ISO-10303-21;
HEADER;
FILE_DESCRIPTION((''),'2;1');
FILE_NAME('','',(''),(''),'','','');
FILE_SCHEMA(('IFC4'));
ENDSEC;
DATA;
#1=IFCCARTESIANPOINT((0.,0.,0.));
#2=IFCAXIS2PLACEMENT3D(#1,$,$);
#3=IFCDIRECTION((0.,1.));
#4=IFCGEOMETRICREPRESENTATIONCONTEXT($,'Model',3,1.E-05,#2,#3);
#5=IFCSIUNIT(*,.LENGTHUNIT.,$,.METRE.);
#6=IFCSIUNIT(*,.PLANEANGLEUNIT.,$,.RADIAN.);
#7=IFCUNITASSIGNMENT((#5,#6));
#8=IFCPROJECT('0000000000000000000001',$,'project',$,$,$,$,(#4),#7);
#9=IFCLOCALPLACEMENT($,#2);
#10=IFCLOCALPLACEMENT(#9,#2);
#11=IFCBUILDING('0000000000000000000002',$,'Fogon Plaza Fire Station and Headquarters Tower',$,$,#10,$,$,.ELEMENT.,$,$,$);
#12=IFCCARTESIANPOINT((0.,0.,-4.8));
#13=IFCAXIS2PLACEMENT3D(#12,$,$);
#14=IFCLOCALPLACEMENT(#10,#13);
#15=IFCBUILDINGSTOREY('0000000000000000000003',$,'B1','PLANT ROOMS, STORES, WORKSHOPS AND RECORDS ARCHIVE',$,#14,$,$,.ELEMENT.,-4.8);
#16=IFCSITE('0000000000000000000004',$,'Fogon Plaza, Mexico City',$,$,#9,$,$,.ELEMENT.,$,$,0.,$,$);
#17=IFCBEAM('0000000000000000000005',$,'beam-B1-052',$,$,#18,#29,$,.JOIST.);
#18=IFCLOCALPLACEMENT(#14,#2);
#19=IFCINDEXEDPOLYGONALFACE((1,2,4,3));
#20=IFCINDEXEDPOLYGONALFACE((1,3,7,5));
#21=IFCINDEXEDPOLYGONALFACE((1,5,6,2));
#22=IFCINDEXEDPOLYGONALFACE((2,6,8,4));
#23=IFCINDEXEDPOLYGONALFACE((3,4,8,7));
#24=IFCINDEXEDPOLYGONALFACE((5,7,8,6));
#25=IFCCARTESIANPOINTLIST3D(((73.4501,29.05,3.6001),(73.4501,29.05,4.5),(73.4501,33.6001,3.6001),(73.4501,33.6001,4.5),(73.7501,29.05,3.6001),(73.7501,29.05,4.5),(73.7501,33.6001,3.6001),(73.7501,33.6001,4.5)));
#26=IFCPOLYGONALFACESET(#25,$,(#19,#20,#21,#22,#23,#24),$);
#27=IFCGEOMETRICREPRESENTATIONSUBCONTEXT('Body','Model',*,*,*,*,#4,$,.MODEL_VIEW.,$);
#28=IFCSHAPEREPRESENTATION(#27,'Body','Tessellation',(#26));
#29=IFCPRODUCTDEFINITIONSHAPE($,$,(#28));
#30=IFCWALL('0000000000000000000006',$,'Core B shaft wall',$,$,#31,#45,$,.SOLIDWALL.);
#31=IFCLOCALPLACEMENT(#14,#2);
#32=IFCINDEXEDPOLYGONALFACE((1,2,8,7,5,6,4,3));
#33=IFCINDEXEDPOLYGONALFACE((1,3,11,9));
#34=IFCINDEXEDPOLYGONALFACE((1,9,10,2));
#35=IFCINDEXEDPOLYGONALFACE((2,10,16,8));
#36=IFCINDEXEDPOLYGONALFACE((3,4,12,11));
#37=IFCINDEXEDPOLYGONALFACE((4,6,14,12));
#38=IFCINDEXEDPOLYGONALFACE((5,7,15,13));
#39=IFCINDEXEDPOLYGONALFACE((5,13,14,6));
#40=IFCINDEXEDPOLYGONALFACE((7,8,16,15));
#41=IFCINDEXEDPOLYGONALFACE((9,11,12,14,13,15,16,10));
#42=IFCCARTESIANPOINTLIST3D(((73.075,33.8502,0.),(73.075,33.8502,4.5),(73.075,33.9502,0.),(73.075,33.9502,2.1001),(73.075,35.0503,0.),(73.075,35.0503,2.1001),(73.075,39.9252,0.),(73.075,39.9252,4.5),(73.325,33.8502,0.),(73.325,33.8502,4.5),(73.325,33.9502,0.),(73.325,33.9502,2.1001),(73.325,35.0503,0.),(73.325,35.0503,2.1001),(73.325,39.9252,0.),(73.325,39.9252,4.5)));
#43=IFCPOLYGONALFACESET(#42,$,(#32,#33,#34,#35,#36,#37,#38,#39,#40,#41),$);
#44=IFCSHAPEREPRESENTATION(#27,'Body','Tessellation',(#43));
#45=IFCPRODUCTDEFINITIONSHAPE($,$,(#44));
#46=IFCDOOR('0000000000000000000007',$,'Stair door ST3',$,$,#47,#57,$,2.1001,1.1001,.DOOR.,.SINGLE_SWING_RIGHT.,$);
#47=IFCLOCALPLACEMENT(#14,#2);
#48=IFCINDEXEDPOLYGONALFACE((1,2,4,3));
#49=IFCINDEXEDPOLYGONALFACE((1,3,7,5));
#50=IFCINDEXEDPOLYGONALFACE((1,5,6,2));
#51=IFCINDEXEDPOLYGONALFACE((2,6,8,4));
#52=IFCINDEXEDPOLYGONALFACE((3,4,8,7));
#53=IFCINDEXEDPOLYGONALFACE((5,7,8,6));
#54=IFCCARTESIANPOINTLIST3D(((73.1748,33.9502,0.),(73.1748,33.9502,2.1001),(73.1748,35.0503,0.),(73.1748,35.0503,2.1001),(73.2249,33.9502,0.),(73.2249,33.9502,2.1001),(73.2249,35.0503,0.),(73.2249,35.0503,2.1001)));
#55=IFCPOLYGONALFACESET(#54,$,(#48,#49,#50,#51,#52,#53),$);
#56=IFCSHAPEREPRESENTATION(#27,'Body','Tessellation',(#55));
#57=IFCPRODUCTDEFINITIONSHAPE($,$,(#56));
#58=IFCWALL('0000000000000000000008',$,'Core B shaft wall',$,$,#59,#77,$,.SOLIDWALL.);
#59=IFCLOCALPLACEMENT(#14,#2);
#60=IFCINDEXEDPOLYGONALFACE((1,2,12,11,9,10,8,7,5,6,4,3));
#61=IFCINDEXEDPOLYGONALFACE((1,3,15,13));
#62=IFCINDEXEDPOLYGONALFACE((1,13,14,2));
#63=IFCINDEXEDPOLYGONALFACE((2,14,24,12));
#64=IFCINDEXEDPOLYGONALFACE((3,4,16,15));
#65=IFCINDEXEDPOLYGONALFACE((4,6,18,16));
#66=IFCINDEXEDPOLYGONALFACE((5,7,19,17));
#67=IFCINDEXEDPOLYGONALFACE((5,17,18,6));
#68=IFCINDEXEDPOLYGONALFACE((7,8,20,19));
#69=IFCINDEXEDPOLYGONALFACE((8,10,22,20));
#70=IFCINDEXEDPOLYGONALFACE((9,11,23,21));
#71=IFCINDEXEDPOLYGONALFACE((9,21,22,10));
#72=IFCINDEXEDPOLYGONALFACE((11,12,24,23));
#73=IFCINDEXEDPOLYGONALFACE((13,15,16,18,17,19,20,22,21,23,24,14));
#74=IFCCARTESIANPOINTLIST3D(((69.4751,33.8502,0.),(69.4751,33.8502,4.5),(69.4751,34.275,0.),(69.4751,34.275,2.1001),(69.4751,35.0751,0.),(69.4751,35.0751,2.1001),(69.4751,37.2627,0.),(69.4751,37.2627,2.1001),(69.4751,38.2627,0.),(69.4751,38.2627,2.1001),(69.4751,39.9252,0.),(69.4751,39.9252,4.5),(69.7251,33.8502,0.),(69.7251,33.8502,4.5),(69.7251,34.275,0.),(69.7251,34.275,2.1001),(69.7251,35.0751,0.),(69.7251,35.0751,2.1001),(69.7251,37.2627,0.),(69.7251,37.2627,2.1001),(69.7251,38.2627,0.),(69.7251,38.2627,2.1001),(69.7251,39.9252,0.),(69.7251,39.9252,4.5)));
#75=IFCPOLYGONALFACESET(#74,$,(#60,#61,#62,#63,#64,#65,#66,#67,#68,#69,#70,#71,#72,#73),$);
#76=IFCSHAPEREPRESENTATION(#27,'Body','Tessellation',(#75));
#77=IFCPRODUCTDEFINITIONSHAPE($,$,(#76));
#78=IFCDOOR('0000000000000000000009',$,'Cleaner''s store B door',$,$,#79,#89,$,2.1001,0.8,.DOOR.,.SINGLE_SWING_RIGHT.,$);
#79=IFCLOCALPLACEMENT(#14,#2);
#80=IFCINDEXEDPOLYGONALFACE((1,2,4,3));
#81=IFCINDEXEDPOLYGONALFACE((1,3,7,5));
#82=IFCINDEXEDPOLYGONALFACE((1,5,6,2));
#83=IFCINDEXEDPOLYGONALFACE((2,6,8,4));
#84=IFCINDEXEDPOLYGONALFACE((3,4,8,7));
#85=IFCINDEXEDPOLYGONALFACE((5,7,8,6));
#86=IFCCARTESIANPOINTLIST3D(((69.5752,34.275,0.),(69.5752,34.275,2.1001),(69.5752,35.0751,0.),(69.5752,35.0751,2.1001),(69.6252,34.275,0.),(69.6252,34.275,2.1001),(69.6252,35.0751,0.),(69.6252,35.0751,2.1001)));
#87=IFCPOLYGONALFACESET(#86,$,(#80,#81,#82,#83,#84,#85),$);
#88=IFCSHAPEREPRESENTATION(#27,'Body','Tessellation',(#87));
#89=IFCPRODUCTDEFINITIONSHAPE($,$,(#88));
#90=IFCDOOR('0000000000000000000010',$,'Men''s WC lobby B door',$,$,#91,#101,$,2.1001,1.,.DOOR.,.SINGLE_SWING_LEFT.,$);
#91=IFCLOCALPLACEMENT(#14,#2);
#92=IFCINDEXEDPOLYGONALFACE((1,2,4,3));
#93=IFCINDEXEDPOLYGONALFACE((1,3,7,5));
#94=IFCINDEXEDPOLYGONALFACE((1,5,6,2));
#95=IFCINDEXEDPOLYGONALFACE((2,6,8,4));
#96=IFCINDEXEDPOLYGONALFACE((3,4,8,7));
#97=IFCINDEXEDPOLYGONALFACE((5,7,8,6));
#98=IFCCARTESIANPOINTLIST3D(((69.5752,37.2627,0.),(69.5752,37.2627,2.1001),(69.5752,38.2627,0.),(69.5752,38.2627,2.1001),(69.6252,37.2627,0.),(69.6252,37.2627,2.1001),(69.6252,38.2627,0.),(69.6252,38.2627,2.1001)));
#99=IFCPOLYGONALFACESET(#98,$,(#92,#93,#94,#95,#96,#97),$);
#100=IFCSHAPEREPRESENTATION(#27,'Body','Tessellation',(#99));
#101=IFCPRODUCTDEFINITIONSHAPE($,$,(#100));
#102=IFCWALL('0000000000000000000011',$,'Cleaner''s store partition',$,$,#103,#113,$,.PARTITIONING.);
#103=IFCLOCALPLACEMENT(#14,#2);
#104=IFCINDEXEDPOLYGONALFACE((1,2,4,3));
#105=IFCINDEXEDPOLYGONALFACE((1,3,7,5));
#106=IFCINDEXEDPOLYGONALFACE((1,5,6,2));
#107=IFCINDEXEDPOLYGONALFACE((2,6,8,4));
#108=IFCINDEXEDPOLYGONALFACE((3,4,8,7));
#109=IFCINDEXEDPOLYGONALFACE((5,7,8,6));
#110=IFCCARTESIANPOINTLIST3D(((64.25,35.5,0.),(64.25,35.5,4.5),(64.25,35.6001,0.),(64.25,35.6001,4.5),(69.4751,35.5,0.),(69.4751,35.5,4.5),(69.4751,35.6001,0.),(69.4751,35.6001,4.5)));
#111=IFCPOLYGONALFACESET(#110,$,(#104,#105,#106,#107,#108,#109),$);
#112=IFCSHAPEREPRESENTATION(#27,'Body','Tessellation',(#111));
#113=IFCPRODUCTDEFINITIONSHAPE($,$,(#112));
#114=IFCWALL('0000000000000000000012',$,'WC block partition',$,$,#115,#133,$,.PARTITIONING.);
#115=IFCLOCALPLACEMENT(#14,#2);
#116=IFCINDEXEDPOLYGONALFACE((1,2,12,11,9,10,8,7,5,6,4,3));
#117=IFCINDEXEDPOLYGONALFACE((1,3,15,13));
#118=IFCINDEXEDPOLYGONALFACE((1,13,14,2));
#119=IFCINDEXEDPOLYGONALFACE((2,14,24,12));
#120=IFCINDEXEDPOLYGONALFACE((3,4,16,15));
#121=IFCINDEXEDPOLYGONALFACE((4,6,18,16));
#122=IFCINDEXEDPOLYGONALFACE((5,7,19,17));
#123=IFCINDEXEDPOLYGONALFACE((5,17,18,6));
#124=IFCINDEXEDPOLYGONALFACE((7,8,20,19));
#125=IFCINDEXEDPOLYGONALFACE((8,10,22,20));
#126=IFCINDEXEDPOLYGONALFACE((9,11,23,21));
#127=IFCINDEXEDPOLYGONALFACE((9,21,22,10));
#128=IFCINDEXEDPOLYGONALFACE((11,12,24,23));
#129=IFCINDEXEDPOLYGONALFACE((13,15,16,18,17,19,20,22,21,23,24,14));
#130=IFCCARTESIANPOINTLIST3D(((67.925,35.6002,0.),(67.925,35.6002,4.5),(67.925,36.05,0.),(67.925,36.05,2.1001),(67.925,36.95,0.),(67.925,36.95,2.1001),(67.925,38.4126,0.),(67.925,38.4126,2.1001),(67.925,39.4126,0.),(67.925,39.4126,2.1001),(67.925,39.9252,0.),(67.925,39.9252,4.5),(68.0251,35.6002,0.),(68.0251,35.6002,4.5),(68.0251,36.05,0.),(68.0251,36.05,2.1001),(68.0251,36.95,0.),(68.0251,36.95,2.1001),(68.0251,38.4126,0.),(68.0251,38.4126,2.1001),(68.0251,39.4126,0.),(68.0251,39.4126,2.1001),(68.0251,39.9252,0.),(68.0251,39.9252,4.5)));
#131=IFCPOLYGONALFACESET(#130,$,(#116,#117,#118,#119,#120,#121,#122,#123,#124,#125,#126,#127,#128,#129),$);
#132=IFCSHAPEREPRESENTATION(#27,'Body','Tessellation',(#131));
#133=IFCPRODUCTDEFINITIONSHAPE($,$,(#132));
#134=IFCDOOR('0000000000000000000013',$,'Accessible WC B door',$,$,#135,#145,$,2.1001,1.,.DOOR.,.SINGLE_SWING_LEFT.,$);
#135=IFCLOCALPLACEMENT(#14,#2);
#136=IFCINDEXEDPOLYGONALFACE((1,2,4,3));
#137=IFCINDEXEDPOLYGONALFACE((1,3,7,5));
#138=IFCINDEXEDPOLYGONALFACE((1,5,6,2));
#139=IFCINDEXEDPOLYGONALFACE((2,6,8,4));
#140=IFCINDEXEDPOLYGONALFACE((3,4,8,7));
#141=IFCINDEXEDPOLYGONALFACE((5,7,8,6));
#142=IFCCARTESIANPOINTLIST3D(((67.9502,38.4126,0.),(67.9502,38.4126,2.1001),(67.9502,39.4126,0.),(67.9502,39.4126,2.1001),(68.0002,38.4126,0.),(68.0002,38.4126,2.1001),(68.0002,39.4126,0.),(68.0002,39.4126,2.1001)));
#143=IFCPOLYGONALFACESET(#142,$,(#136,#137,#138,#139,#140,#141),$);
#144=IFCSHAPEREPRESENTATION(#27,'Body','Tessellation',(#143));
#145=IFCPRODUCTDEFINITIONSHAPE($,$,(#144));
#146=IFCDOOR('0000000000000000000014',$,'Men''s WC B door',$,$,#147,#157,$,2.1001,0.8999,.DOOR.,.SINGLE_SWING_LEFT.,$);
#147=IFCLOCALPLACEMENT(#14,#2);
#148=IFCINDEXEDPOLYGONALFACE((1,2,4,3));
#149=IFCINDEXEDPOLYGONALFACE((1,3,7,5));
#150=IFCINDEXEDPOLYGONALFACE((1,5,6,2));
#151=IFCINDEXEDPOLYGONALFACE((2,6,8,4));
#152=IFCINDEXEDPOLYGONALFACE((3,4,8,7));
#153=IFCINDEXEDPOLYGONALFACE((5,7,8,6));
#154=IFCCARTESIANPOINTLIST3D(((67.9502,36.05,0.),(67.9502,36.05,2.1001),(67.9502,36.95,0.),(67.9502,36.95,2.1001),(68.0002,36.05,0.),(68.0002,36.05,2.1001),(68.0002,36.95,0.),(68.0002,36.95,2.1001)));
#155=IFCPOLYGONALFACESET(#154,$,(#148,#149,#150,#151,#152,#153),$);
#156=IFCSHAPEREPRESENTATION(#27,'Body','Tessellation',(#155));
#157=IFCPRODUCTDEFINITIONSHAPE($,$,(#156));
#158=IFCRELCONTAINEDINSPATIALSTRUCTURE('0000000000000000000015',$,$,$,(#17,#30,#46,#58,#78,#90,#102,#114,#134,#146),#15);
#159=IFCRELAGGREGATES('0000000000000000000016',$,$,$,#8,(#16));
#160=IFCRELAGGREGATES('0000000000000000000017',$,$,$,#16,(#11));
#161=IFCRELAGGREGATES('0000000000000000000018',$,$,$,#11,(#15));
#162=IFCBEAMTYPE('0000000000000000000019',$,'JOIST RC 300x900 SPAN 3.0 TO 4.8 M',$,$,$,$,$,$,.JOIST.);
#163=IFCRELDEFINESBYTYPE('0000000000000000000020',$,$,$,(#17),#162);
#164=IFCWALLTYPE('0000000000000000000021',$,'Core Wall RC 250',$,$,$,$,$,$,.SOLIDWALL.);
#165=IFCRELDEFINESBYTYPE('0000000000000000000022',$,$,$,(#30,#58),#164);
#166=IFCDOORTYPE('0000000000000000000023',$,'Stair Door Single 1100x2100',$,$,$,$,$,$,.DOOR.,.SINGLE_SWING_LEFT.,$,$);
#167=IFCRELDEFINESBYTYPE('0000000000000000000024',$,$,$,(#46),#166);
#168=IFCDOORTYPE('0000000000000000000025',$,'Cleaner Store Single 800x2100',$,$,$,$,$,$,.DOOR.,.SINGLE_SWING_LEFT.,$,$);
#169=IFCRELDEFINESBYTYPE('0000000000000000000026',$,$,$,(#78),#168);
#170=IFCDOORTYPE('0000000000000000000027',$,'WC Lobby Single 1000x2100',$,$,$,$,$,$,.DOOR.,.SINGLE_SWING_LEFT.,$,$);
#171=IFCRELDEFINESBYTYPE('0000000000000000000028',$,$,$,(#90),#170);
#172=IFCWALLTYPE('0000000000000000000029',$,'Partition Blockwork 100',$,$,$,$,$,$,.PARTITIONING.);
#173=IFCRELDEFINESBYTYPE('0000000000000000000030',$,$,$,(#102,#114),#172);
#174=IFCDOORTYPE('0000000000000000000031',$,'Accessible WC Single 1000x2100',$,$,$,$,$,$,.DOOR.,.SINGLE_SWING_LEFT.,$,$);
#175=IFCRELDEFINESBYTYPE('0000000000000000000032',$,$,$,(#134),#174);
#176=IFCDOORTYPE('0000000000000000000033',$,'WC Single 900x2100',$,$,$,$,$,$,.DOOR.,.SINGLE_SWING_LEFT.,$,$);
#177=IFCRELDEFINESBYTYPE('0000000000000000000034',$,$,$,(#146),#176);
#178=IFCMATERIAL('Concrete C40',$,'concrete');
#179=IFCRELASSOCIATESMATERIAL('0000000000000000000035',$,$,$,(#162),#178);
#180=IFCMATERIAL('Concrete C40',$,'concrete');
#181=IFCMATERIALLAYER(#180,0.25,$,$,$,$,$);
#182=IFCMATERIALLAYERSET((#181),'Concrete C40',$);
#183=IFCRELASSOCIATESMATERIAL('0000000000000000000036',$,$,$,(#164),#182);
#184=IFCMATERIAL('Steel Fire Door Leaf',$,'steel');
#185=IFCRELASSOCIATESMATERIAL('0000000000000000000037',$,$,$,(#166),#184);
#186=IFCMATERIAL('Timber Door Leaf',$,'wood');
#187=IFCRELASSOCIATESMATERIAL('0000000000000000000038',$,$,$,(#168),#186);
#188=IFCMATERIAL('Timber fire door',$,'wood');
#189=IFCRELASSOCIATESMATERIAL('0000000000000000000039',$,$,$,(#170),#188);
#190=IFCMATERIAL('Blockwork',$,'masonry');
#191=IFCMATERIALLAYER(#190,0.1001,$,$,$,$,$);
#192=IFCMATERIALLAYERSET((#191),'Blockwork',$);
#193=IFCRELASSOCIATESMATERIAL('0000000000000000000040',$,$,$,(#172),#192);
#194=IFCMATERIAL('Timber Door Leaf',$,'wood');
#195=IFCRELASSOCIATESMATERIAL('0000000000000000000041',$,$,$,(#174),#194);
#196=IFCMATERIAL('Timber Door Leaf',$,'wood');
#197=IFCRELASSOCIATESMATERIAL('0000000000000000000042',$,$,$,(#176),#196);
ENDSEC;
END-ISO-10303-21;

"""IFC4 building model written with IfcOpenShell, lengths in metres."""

from ifc_helpers import new_model, si_unit, direction, frame, frame_2d, origin, origin_2d, place, context, subcontext, project, spatial, rectangle, extrude, material, layer, layer_set, material_profile, profile_set, type_object, element, fill, save


model = new_model("IFC4")

# Units and contexts
model_context = context("Model", 3, precision=1e-05, world=origin(), true_north=direction((0.0, 1.0)))
body_context = subcontext(model_context, "Body", "Model", "MODEL_VIEW")
ifc_project = project(units=[si_unit("LENGTHUNIT", "METRE"), si_unit("PLANEANGLEUNIT", "RADIAN")], contexts=[model_context])

# Site, building, storey
site_placement = place(None, origin())
site = spatial("IfcSite", under=ifc_project, at=site_placement, Name="Fogon Plaza, Mexico City", CompositionType="ELEMENT", RefElevation=0.0)
building_placement = place(site_placement, origin())
building = spatial("IfcBuilding", under=site, at=building_placement, Name="Fogon Plaza Fire Station and Headquarters Tower", CompositionType="ELEMENT")
storey_placement = place(building_placement, frame((0.0, 0.0, -4.8)))
storey = spatial("IfcBuildingStorey", under=building, at=storey_placement, Name="B1", Description="PLANT ROOMS, STORES, WORKSHOPS AND RECORDS ARCHIVE", CompositionType="ELEMENT", Elevation=-4.8)

# Beam
ifc_material_1 = material(Name="Concrete C40", Category="concrete")
ifc_material_profile_1 = material_profile(ifc_material_1, rectangle(XDim=0.3, YDim=0.8999, at=origin_2d()), Name="RC 300x900")
ifc_profile_set_1 = profile_set([ifc_material_profile_1], Name="Concrete C40")
beam_type = type_object("IfcBeamType", Name="JOIST RC 300x900 SPAN 3.0 TO 4.8 M", PredefinedType="JOIST", material=ifc_profile_set_1)
beam_placement = place(storey_placement, frame((73.6001, 29.05, 4.05), z_axis=(0.0, 1.0, 0.0), x_axis=(-1.0, 0.0, 0.0)))
element("IfcBeam", 1, at=beam_placement, inside=storey, type_object=beam_type, Name="beam-B1-052", PredefinedType="JOIST", context=body_context, shape_type="SweptSolid", body=[
    extrude(rectangle(XDim=0.3, YDim=0.8999, at=origin_2d()), origin(), (0.0, 0.0, 1.0), 4.55),
])

# Wall, opening, door
ifc_material_2 = material(Name="Concrete C40", Category="concrete")
ifc_layer_1 = layer(ifc_material_2, 0.25)
ifc_layer_set_1 = layer_set([ifc_layer_1], Name="Concrete C40")
wall_type_1 = type_object("IfcWallType", Name="Core Wall RC 250", PredefinedType="SOLIDWALL", material=ifc_layer_set_1)
wall_1_placement = place(storey_placement, frame((73.2, 33.8501, 0.0), z_axis=(0.0, 0.0, 1.0), x_axis=(0.0, 1.0, 0.0)))
wall_1 = element("IfcWall", 2, at=wall_1_placement, inside=storey, type_object=wall_type_1, Name="Core B shaft wall", PredefinedType="SOLIDWALL", context=body_context, shape_type="SweptSolid", body=[
    extrude(rectangle(XDim=6.075, YDim=0.25, at=frame_2d((3.0376, 0.0))), origin(), (0.0, 0.0, 1.0), 4.5),
])
opening_1_placement = place(wall_1_placement, frame((0.1001, 0.0, 0.0)))
opening_1 = element("IfcOpeningElement", 3, at=opening_1_placement, cuts=wall_1, PredefinedType="OPENING", context=body_context, shape_type="SweptSolid", body=[
    extrude(rectangle(XDim=1.1001, YDim=2.1001, at=frame_2d((0.55, 1.05))), frame((0.0, 0.135, 0.0), z_axis=(0.0, -1.0, 0.0), x_axis=(1.0, 0.0, 0.0)), (0.0, 0.0, 1.0), 0.27),
])
ifc_material_3 = material(Name="Steel Fire Door Leaf", Category="steel")
door_type_1 = type_object("IfcDoorType", Name="Stair Door Single 1100x2100", OperationType="SINGLE_SWING_LEFT", PredefinedType="DOOR", material=ifc_material_3)
door_1_placement = place(opening_1_placement, frame((1.1001, 0.0, 0.0), z_axis=(0.0, 0.0, 1.0), x_axis=(-1.0, 0.0, 0.0)))
door_1 = element("IfcDoor", 4, at=door_1_placement, inside=storey, type_object=door_type_1, Name="Stair door ST3", OperationType="SINGLE_SWING_RIGHT", OverallHeight=2.1001, OverallWidth=1.1001, PredefinedType="DOOR", context=body_context, shape_type="SweptSolid", body=[
    extrude(rectangle(XDim=1.1001, YDim=2.1001, at=frame_2d((0.55, 1.05))), frame((0.0, 0.0249, 0.0), z_axis=(0.0, -1.0, 0.0), x_axis=(1.0, 0.0, 0.0)), (0.0, 0.0, 1.0), 0.05),
])
fill(opening_1, door_1)

# Wall, openings, doors
wall_2_placement = place(storey_placement, frame((69.6001, 33.8501, 0.0), z_axis=(0.0, 0.0, 1.0), x_axis=(0.0, 1.0, 0.0)))
wall_2 = element("IfcWall", 5, at=wall_2_placement, inside=storey, type_object=wall_type_1, Name="Core B shaft wall", PredefinedType="SOLIDWALL", context=body_context, shape_type="SweptSolid", body=[
    extrude(rectangle(XDim=6.075, YDim=0.25, at=frame_2d((3.0376, 0.0))), origin(), (0.0, 0.0, 1.0), 4.5),
])
opening_2_placement = place(wall_2_placement, frame((0.425, 0.0, 0.0)))
opening_2 = element("IfcOpeningElement", 6, at=opening_2_placement, cuts=wall_2, PredefinedType="OPENING", context=body_context, shape_type="SweptSolid", body=[
    extrude(rectangle(XDim=0.8, YDim=2.1001, at=frame_2d((0.3999, 1.05))), frame((0.0, 0.135, 0.0), z_axis=(0.0, -1.0, 0.0), x_axis=(1.0, 0.0, 0.0)), (0.0, 0.0, 1.0), 0.27),
])
opening_3_placement = place(wall_2_placement, frame((3.4126, 0.0, 0.0)))
opening_3 = element("IfcOpeningElement", 7, at=opening_3_placement, cuts=wall_2, PredefinedType="OPENING", context=body_context, shape_type="SweptSolid", body=[
    extrude(rectangle(XDim=1.0, YDim=2.1001, at=frame_2d((0.5, 1.05))), frame((0.0, 0.135, 0.0), z_axis=(0.0, -1.0, 0.0), x_axis=(1.0, 0.0, 0.0)), (0.0, 0.0, 1.0), 0.27),
])
ifc_material_4 = material(Name="Timber Door Leaf", Category="wood")
door_type_2 = type_object("IfcDoorType", Name="Cleaner Store Single 800x2100", OperationType="SINGLE_SWING_LEFT", PredefinedType="DOOR", material=ifc_material_4)
door_2_placement = place(opening_2_placement, origin())
door_2 = element("IfcDoor", 8, at=door_2_placement, inside=storey, type_object=door_type_2, Name="Cleaner's store B door", OperationType="SINGLE_SWING_RIGHT", OverallHeight=2.1001, OverallWidth=0.8, PredefinedType="DOOR", context=body_context, shape_type="SweptSolid", body=[
    extrude(rectangle(XDim=0.8, YDim=2.1001, at=frame_2d((0.3999, 1.05))), frame((0.0, 0.0249, 0.0), z_axis=(0.0, -1.0, 0.0), x_axis=(1.0, 0.0, 0.0)), (0.0, 0.0, 1.0), 0.05),
])
fill(opening_2, door_2)
ifc_material_5 = material(Name="Timber fire door", Category="wood")
door_type_3 = type_object("IfcDoorType", Name="WC Lobby Single 1000x2100", OperationType="SINGLE_SWING_LEFT", PredefinedType="DOOR", material=ifc_material_5)
door_3_placement = place(opening_3_placement, origin())
door_3 = element("IfcDoor", 9, at=door_3_placement, inside=storey, type_object=door_type_3, Name="Men's WC lobby B door", OperationType="SINGLE_SWING_LEFT", OverallHeight=2.1001, OverallWidth=1.0, PredefinedType="DOOR", context=body_context, shape_type="SweptSolid", body=[
    extrude(rectangle(XDim=1.0, YDim=2.1001, at=frame_2d((0.5, 1.05))), frame((0.0, 0.0249, 0.0), z_axis=(0.0, -1.0, 0.0), x_axis=(1.0, 0.0, 0.0)), (0.0, 0.0, 1.0), 0.05),
])
fill(opening_3, door_3)

# Wall
ifc_material_6 = material(Name="Blockwork", Category="masonry")
ifc_layer_2 = layer(ifc_material_6, 0.1001)
ifc_layer_set_2 = layer_set([ifc_layer_2], Name="Blockwork")
wall_type_2 = type_object("IfcWallType", Name="Partition Blockwork 100", PredefinedType="PARTITIONING", material=ifc_layer_set_2)
wall_3_placement = place(storey_placement, frame((69.4751, 35.55, 0.0), z_axis=(0.0, 0.0, 1.0), x_axis=(-1.0, 0.0, 0.0)))
element("IfcWall", 10, at=wall_3_placement, inside=storey, type_object=wall_type_2, Name="Cleaner's store partition", PredefinedType="PARTITIONING", context=body_context, shape_type="SweptSolid", body=[
    extrude(rectangle(XDim=5.2251, YDim=0.1001, at=frame_2d((2.6125, 0.0))), origin(), (0.0, 0.0, 1.0), 4.5),
])

# Wall, openings, doors
wall_4_placement = place(storey_placement, frame((67.9751, 35.6001, 0.0), z_axis=(0.0, 0.0, 1.0), x_axis=(0.0, 1.0, 0.0)))
wall_4 = element("IfcWall", 11, at=wall_4_placement, inside=storey, type_object=wall_type_2, Name="WC block partition", PredefinedType="PARTITIONING", context=body_context, shape_type="SweptSolid", body=[
    extrude(rectangle(XDim=4.325, YDim=0.1001, at=frame_2d((2.1626, 0.0))), origin(), (0.0, 0.0, 1.0), 4.5),
])
opening_4_placement = place(wall_4_placement, frame((0.45, 0.0, 0.0)))
opening_4 = element("IfcOpeningElement", 12, at=opening_4_placement, cuts=wall_4, PredefinedType="OPENING", context=body_context, shape_type="SweptSolid", body=[
    extrude(rectangle(XDim=0.8999, YDim=2.1001, at=frame_2d((0.45, 1.05))), frame((0.0, 0.0601, 0.0), z_axis=(0.0, -1.0, 0.0), x_axis=(1.0, 0.0, 0.0)), (0.0, 0.0, 1.0), 0.1201),
])
opening_5_placement = place(wall_4_placement, frame((2.8125, 0.0, 0.0)))
opening_5 = element("IfcOpeningElement", 13, at=opening_5_placement, cuts=wall_4, PredefinedType="OPENING", context=body_context, shape_type="SweptSolid", body=[
    extrude(rectangle(XDim=1.0, YDim=2.1001, at=frame_2d((0.5, 1.05))), frame((0.0, 0.0601, 0.0), z_axis=(0.0, -1.0, 0.0), x_axis=(1.0, 0.0, 0.0)), (0.0, 0.0, 1.0), 0.1201),
])
ifc_material_7 = material(Name="Timber Door Leaf", Category="wood")
door_type_4 = type_object("IfcDoorType", Name="Accessible WC Single 1000x2100", OperationType="SINGLE_SWING_LEFT", PredefinedType="DOOR", material=ifc_material_7)
door_4_placement = place(opening_5_placement, origin())
door_4 = element("IfcDoor", 14, at=door_4_placement, inside=storey, type_object=door_type_4, Name="Accessible WC B door", OperationType="SINGLE_SWING_LEFT", OverallHeight=2.1001, OverallWidth=1.0, PredefinedType="DOOR", context=body_context, shape_type="SweptSolid", body=[
    extrude(rectangle(XDim=1.0, YDim=2.1001, at=frame_2d((0.5, 1.05))), frame((0.0, 0.0249, 0.0), z_axis=(0.0, -1.0, 0.0), x_axis=(1.0, 0.0, 0.0)), (0.0, 0.0, 1.0), 0.05),
])
fill(opening_5, door_4)
ifc_material_8 = material(Name="Timber Door Leaf", Category="wood")
door_type_5 = type_object("IfcDoorType", Name="WC Single 900x2100", OperationType="SINGLE_SWING_LEFT", PredefinedType="DOOR", material=ifc_material_8)
door_5_placement = place(opening_4_placement, origin())
door_5 = element("IfcDoor", 15, at=door_5_placement, inside=storey, type_object=door_type_5, Name="Men's WC B door", OperationType="SINGLE_SWING_LEFT", OverallHeight=2.1001, OverallWidth=0.8999, PredefinedType="DOOR", context=body_context, shape_type="SweptSolid", body=[
    extrude(rectangle(XDim=0.8999, YDim=2.1001, at=frame_2d((0.45, 1.05))), frame((0.0, 0.0249, 0.0), z_axis=(0.0, -1.0, 0.0), x_axis=(1.0, 0.0, 0.0)), (0.0, 0.0, 1.0), 0.05),
])
fill(opening_4, door_5)

save(model, "model.ifc")
